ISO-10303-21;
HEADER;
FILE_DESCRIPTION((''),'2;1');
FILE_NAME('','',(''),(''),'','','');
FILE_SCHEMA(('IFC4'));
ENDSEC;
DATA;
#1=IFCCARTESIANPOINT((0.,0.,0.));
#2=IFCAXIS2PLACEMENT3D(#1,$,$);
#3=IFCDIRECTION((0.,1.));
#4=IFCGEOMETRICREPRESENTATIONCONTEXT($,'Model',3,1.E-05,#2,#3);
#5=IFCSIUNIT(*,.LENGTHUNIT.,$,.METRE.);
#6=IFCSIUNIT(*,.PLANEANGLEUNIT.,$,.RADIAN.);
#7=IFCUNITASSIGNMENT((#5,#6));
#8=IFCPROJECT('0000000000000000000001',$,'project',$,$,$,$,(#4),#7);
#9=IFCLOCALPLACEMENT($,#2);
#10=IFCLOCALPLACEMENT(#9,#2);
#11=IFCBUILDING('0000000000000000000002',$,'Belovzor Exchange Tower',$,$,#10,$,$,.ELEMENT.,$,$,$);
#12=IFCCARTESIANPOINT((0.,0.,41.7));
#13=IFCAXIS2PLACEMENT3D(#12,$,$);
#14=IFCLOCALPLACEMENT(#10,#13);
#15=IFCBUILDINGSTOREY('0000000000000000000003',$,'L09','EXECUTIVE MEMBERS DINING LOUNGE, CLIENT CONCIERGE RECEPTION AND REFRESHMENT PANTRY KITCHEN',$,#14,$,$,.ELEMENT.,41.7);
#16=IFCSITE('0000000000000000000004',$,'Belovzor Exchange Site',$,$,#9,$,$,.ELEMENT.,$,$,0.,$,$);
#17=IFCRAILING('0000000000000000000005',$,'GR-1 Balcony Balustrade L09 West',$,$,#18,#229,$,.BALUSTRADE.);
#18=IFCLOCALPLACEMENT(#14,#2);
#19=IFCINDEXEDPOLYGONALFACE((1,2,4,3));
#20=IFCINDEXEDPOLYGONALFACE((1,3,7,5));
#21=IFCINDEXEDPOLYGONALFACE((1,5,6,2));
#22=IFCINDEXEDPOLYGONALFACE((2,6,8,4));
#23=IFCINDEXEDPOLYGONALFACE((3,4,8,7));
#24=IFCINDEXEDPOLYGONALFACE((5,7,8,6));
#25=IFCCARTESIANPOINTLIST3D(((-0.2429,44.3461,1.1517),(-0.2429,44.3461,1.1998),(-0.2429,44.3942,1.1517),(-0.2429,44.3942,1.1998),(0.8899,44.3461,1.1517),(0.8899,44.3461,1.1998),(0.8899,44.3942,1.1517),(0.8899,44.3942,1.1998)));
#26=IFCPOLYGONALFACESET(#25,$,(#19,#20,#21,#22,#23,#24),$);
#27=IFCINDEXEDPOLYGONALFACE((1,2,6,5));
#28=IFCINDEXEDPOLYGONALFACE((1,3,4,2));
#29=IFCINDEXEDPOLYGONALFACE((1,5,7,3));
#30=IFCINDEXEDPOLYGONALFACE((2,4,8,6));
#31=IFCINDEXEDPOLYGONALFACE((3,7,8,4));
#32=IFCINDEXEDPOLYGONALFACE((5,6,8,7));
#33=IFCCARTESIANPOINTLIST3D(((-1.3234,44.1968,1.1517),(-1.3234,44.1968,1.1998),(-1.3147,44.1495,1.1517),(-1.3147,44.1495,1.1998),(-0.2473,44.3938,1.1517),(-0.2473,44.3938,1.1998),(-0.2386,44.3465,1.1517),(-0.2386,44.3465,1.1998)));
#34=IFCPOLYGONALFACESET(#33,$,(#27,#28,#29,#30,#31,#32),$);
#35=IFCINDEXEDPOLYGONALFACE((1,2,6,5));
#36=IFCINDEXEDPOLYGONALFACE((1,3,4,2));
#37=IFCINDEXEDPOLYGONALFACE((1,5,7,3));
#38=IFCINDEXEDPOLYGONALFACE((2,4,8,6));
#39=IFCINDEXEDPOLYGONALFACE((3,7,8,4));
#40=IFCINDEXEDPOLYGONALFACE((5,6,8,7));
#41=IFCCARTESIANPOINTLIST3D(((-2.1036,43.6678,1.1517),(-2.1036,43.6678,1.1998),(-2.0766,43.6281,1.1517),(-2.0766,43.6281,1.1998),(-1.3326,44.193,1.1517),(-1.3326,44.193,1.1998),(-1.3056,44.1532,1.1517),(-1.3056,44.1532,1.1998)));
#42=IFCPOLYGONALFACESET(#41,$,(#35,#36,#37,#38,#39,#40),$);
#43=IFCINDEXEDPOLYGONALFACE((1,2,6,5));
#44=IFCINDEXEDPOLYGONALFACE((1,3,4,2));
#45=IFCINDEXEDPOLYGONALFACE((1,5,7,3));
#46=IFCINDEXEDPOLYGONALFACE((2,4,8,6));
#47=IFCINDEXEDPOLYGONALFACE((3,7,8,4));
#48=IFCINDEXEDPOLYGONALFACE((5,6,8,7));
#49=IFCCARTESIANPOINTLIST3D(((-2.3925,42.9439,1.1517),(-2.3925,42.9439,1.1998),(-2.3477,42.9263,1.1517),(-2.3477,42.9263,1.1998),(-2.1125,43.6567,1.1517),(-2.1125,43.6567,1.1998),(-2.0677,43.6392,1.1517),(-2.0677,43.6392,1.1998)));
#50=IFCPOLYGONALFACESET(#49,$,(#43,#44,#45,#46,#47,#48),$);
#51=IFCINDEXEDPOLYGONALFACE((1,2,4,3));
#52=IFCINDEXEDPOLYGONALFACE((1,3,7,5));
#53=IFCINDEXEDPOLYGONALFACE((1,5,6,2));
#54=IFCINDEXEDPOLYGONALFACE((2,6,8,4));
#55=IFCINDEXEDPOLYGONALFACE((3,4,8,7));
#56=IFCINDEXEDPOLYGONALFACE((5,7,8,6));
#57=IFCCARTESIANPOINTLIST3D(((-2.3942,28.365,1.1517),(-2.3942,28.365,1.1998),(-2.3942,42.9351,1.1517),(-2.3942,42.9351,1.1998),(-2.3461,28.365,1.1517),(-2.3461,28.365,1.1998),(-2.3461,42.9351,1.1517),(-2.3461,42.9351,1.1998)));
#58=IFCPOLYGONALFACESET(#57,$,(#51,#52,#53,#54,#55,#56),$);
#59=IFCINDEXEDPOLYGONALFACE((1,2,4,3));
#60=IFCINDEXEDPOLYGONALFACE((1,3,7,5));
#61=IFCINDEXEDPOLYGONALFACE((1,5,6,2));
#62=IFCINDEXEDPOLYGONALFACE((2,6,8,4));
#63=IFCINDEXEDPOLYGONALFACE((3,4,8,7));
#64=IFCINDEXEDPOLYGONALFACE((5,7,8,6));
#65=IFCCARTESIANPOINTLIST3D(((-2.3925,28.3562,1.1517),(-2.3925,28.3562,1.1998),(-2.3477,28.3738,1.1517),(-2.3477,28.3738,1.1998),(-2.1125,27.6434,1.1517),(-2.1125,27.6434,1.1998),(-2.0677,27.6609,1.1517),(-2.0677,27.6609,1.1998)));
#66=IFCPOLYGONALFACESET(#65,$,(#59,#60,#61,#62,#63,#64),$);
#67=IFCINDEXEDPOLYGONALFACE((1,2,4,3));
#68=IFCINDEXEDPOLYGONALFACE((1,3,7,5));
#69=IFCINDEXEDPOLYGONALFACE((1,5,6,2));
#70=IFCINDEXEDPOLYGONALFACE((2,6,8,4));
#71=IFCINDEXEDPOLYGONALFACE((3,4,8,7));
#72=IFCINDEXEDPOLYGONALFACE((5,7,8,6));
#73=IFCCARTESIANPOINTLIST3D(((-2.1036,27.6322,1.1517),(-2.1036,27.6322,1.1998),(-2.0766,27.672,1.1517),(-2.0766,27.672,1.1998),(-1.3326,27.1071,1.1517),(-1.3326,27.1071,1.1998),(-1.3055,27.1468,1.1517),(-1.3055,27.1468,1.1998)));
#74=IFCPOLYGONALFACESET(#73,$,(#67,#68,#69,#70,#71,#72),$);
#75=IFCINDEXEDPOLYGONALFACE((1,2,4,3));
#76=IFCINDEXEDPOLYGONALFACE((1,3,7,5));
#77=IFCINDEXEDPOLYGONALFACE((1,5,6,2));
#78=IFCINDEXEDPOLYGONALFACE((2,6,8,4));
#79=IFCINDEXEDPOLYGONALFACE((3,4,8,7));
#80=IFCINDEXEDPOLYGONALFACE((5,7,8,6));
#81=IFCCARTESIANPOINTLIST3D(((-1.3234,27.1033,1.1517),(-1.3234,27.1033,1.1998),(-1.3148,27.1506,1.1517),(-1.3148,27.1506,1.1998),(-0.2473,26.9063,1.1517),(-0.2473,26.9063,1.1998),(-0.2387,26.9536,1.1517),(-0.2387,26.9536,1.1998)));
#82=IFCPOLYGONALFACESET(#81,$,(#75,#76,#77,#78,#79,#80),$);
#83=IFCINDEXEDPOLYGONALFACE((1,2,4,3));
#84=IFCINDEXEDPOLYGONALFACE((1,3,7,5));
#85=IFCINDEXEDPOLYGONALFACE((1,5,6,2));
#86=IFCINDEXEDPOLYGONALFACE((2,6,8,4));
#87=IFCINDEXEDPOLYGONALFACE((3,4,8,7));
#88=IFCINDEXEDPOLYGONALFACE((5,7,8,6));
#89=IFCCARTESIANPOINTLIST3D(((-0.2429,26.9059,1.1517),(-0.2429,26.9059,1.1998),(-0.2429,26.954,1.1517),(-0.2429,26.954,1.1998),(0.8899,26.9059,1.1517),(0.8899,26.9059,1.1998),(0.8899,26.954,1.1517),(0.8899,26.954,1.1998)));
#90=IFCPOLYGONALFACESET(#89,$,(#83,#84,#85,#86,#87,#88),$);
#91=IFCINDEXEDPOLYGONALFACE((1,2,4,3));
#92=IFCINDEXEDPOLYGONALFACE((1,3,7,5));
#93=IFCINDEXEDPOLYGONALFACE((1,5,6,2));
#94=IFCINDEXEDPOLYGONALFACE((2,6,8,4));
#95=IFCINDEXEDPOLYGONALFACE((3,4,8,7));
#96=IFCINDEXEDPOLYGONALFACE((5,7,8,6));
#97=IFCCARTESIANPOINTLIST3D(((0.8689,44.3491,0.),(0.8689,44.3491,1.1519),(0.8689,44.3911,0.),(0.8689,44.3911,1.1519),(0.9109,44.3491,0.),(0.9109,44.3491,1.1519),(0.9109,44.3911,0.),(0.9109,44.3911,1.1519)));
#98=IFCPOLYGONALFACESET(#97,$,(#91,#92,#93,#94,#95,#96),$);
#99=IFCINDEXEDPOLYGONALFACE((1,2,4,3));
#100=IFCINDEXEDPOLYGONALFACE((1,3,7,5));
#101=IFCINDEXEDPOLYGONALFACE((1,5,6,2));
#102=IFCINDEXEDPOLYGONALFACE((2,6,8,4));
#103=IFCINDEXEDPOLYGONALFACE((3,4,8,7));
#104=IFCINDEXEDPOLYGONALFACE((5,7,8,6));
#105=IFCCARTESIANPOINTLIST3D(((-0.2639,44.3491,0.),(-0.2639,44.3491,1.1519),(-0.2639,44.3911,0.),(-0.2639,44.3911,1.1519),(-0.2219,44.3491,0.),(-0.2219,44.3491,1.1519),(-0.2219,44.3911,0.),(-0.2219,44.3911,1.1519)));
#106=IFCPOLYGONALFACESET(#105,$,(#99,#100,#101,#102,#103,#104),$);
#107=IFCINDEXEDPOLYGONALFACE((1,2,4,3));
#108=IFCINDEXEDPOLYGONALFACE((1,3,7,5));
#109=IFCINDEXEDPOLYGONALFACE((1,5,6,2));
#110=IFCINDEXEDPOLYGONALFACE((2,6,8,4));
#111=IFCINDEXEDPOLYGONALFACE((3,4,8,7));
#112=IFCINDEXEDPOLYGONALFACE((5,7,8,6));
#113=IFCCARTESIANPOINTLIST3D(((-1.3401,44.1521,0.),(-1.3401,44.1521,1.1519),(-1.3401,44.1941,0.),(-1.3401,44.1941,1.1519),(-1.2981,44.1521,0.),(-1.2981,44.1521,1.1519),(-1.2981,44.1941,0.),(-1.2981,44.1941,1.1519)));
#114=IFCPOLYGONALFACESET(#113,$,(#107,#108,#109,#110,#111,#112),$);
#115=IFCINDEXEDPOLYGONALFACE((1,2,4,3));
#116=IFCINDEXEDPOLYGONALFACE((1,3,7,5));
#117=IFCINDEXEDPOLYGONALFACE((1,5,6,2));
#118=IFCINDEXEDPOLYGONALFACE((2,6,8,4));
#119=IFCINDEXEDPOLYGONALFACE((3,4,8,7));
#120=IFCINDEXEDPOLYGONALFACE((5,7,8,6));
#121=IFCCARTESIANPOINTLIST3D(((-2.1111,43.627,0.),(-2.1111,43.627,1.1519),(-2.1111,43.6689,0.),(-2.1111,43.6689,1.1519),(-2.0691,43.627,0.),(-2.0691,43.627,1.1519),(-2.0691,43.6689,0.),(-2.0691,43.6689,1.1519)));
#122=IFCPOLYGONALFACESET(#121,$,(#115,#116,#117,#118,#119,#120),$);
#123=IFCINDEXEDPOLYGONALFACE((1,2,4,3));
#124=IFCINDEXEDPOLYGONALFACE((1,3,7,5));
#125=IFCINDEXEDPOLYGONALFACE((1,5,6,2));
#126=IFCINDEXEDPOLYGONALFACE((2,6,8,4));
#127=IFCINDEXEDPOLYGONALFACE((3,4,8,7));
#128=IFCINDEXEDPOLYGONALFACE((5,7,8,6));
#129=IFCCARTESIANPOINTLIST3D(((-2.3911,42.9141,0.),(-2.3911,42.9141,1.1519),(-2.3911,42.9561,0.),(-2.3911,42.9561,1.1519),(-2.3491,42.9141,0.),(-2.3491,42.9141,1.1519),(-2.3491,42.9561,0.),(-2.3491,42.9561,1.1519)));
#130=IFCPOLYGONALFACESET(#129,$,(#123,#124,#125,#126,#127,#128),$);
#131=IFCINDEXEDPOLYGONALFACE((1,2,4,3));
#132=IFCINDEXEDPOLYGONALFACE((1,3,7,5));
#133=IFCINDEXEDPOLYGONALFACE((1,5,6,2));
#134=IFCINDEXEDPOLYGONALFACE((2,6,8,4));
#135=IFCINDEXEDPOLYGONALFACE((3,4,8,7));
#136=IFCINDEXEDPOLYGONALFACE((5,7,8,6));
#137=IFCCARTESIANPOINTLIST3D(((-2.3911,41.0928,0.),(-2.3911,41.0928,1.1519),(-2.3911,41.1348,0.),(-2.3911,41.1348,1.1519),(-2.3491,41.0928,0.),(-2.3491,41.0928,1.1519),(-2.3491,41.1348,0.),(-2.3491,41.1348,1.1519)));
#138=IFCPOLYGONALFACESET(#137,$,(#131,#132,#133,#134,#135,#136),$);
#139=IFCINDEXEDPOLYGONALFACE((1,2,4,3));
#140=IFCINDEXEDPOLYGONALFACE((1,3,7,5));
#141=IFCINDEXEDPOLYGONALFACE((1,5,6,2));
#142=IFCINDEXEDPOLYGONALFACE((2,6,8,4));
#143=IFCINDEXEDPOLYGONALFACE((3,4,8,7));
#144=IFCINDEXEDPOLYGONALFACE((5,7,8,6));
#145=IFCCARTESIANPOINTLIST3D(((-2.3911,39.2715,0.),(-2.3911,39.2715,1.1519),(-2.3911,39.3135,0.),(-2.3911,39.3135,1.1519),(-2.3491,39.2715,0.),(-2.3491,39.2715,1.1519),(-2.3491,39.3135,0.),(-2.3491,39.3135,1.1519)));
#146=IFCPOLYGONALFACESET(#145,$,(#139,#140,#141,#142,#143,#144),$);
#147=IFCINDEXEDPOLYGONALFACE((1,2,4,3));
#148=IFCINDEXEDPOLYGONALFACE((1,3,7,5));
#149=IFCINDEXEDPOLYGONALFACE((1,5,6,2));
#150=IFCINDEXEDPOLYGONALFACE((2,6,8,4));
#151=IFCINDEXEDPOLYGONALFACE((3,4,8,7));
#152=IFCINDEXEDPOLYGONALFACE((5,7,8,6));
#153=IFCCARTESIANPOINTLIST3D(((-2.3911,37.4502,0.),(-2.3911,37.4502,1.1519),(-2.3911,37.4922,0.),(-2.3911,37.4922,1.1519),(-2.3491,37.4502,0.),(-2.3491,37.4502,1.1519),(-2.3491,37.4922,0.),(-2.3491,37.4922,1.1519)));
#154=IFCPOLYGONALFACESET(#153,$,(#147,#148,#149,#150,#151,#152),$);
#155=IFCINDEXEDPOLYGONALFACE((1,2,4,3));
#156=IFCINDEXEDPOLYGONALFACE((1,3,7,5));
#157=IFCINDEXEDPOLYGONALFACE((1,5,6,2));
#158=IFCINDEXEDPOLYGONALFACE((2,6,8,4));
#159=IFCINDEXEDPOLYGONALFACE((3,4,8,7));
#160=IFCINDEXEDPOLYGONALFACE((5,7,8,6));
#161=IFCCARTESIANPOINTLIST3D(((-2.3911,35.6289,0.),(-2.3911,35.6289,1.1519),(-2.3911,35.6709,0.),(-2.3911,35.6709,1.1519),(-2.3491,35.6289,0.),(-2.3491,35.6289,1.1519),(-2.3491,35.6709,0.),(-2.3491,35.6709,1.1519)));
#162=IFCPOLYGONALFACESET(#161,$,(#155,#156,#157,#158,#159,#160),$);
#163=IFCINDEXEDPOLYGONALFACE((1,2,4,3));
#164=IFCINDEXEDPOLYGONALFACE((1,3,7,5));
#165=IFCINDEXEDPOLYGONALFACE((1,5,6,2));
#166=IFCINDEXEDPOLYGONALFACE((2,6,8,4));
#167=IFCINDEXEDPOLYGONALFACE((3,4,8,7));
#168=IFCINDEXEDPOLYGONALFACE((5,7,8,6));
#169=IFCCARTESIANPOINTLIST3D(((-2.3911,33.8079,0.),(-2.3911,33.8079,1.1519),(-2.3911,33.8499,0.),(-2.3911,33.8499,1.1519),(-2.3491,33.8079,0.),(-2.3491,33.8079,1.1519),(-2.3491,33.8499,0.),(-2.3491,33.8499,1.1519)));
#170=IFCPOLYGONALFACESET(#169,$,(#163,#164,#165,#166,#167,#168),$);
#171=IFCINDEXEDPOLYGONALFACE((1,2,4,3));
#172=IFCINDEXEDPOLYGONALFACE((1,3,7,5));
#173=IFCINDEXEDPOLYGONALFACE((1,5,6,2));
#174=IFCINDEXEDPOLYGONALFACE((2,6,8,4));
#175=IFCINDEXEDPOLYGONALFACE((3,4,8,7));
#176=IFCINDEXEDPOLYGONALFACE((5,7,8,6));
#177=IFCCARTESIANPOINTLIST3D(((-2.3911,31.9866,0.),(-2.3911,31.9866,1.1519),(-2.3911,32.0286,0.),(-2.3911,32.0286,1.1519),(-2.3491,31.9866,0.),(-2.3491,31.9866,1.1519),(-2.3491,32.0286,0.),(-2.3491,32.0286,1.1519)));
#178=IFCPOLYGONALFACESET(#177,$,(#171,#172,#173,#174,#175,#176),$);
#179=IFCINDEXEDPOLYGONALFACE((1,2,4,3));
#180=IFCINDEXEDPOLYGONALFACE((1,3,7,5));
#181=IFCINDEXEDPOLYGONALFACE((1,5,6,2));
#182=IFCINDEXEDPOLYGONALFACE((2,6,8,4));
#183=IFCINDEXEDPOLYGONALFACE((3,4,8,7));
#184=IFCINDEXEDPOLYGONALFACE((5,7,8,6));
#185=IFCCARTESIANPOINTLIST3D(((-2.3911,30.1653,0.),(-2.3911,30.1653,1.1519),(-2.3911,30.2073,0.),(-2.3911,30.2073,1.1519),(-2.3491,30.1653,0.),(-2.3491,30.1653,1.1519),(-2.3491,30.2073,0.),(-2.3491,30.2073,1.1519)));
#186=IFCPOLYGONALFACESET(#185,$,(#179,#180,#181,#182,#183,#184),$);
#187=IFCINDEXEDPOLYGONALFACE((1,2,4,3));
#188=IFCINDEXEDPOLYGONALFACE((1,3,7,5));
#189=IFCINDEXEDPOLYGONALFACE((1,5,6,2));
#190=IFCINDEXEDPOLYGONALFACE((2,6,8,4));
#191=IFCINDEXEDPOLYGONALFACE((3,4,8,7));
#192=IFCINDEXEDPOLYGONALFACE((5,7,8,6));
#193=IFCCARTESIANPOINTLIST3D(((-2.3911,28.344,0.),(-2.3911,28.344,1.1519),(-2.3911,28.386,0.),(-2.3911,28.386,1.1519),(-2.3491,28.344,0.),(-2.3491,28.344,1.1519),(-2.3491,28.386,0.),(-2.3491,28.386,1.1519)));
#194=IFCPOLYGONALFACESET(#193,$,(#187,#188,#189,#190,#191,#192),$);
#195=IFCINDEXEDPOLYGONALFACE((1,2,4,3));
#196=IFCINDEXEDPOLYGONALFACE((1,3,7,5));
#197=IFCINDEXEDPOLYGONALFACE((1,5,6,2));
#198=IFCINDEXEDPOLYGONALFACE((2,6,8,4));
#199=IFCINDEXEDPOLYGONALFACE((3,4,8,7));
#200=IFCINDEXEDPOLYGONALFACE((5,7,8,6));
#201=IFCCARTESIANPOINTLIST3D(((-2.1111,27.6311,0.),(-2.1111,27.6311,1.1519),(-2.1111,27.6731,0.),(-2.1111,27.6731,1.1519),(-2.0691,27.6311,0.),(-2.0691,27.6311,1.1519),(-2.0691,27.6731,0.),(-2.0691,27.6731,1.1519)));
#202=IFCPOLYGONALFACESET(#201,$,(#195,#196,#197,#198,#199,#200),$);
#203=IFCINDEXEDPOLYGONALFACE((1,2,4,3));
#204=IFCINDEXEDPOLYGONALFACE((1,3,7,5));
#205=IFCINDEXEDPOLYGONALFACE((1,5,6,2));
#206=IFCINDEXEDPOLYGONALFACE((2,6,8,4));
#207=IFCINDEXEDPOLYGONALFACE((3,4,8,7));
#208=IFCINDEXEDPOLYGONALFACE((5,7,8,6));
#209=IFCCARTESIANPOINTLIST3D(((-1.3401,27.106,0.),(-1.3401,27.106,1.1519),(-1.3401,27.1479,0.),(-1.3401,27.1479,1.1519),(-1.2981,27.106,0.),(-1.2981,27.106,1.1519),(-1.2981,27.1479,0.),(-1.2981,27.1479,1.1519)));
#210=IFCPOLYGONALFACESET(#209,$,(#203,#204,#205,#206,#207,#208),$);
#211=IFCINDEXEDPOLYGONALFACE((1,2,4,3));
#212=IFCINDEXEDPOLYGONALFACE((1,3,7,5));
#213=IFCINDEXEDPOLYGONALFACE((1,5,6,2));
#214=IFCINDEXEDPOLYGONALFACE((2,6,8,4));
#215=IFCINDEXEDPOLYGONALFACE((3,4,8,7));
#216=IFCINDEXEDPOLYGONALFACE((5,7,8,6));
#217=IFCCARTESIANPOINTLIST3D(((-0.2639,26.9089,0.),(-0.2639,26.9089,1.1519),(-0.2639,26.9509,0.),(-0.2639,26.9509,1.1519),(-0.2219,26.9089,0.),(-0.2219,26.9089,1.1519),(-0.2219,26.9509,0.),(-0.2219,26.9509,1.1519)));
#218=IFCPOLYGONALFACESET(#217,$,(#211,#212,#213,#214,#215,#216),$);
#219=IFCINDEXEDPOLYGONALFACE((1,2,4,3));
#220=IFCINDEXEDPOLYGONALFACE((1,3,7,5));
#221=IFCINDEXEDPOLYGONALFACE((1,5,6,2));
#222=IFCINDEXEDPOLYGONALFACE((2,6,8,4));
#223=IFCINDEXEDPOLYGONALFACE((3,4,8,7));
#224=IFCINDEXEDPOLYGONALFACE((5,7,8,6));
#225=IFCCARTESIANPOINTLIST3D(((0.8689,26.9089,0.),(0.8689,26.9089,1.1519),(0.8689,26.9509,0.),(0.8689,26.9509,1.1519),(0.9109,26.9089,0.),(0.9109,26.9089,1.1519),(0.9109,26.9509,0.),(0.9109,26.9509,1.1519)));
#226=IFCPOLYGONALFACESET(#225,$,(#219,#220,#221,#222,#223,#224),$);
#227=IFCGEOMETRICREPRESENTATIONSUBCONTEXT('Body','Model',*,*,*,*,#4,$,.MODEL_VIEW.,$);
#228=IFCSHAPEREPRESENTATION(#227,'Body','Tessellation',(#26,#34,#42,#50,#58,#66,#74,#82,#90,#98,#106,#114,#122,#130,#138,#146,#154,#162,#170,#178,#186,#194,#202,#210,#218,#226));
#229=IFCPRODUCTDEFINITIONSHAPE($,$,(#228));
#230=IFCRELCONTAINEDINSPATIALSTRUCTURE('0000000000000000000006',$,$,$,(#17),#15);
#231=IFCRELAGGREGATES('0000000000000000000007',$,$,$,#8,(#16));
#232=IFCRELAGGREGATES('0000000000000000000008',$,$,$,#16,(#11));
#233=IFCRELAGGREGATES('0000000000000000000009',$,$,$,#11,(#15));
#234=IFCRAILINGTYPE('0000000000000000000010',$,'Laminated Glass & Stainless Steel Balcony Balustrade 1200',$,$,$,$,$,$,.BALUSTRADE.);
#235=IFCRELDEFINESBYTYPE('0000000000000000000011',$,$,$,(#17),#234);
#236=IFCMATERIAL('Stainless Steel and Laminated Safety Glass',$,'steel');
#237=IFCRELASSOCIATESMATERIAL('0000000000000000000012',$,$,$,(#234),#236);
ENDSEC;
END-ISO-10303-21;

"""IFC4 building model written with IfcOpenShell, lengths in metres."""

from ifc_helpers import new_model, si_unit, direction, frame, origin, origin_2d, place, context, subcontext, project, spatial, rectangle, extrude, material, type_object, element, save


model = new_model("IFC4")

# Units and contexts
model_context = context("Model", 3, precision=1e-05, world=origin(), true_north=direction((0.0, 1.0)))
body_context = subcontext(model_context, "Body", "Model", "MODEL_VIEW")
ifc_project = project(units=[si_unit("LENGTHUNIT", "METRE"), si_unit("PLANEANGLEUNIT", "RADIAN")], contexts=[model_context])

# Site, building, storey
site_placement = place(None, origin())
site = spatial("IfcSite", under=ifc_project, at=site_placement, Name="Belovzor Exchange Site", CompositionType="ELEMENT", RefElevation=0.0)
building_placement = place(site_placement, origin())
building = spatial("IfcBuilding", under=site, at=building_placement, Name="Belovzor Exchange Tower", CompositionType="ELEMENT")
storey_placement = place(building_placement, frame((0.0, 0.0, 41.7)))
storey = spatial("IfcBuildingStorey", under=building, at=storey_placement, Name="L09", Description="EXECUTIVE MEMBERS DINING LOUNGE, CLIENT CONCIERGE RECEPTION AND REFRESHMENT PANTRY KITCHEN", CompositionType="ELEMENT", Elevation=41.7)

# Railing
ifc_material_1 = material(Name="Stainless Steel and Laminated Safety Glass", Category="steel")
railing_type = type_object("IfcRailingType", Name="Laminated Glass & Stainless Steel Balcony Balustrade 1200", PredefinedType="BALUSTRADE", material=ifc_material_1)
railing_placement = place(storey_placement, frame((0.8899, 44.3701, 0.0)))
element("IfcRailing", 1, at=railing_placement, inside=storey, type_object=railing_type, Name="GR-1 Balcony Balustrade L09 West", PredefinedType="BALUSTRADE", context=body_context, shape_type="SweptSolid", body=[
    extrude(rectangle(XDim=0.0481, YDim=0.0481, at=origin_2d()), frame((0.0, 0.0, 1.1758), z_axis=(-1.0, 0.0, 0.0), x_axis=(0.0, -1.0, 0.0)), (0.0, 0.0, 1.0), 1.1328),
    extrude(rectangle(XDim=0.0481, YDim=0.0481, at=origin_2d()), frame((-1.1328, 0.0, 1.1758), z_axis=(-0.983651, -0.180083, 0.0), x_axis=(0.180083, -0.983651, 0.0)), (0.0, 0.0, 1.0), 1.094),
    extrude(rectangle(XDim=0.0481, YDim=0.0481, at=origin_2d()), frame((-2.209, -0.197, 1.1758), z_axis=(-0.826493, -0.562947, 0.0), x_axis=(0.562947, -0.826493, 0.0)), (0.0, 0.0, 1.0), 0.9329),
    extrude(rectangle(XDim=0.0481, YDim=0.0481, at=origin_2d()), frame((-2.98, -0.7222, 1.1758), z_axis=(-0.365613, -0.930767, 0.0), x_axis=(0.930767, -0.365613, 0.0)), (0.0, 0.0, 1.0), 0.7659),
    extrude(rectangle(XDim=0.0481, YDim=0.0481, at=origin_2d()), frame((-3.26, -1.4351, 1.1758), z_axis=(0.0, -1.0, 0.0), x_axis=(1.0, 0.0, 0.0)), (0.0, 0.0, 1.0), 14.5701),
    extrude(rectangle(XDim=0.0481, YDim=0.0481, at=origin_2d()), frame((-3.26, -16.0051, 1.1758), z_axis=(0.365613, -0.930767, 0.0), x_axis=(0.930767, 0.365613, 0.0)), (0.0, 0.0, 1.0), 0.7659),
    extrude(rectangle(XDim=0.0481, YDim=0.0481, at=origin_2d()), frame((-2.98, -16.718, 1.1758), z_axis=(0.826493, -0.562947, 0.0), x_axis=(0.562947, 0.826493, 0.0)), (0.0, 0.0, 1.0), 0.9329),
    extrude(rectangle(XDim=0.0481, YDim=0.0481, at=origin_2d()), frame((-2.209, -17.2432, 1.1758), z_axis=(0.983651, -0.180083, 0.0), x_axis=(0.180083, 0.983651, 0.0)), (0.0, 0.0, 1.0), 1.094),
    extrude(rectangle(XDim=0.0481, YDim=0.0481, at=origin_2d()), frame((-1.1328, -17.4402, 1.1758), z_axis=(1.0, 0.0, 0.0), x_axis=(0.0, 1.0, 0.0)), (0.0, 0.0, 1.0), 1.1328),
    extrude(rectangle(XDim=0.042, YDim=0.042, at=origin_2d()), origin(), (0.0, 0.0, 1.0), 1.1519),
    extrude(rectangle(XDim=0.042, YDim=0.042, at=origin_2d()), frame((-1.1328, 0.0, 0.0)), (0.0, 0.0, 1.0), 1.1519),
    extrude(rectangle(XDim=0.042, YDim=0.042, at=origin_2d()), frame((-2.209, -0.197, 0.0)), (0.0, 0.0, 1.0), 1.1519),
    extrude(rectangle(XDim=0.042, YDim=0.042, at=origin_2d()), frame((-2.98, -0.7222, 0.0)), (0.0, 0.0, 1.0), 1.1519),
    extrude(rectangle(XDim=0.042, YDim=0.042, at=origin_2d()), frame((-3.26, -1.4351, 0.0)), (0.0, 0.0, 1.0), 1.1519),
    extrude(rectangle(XDim=0.042, YDim=0.042, at=origin_2d()), frame((-3.26, -3.2563, 0.0)), (0.0, 0.0, 1.0), 1.1519),
    extrude(rectangle(XDim=0.042, YDim=0.042, at=origin_2d()), frame((-3.26, -5.0776, 0.0)), (0.0, 0.0, 1.0), 1.1519),
    extrude(rectangle(XDim=0.042, YDim=0.042, at=origin_2d()), frame((-3.26, -6.8989, 0.0)), (0.0, 0.0, 1.0), 1.1519),
    extrude(rectangle(XDim=0.042, YDim=0.042, at=origin_2d()), frame((-3.26, -8.7202, 0.0)), (0.0, 0.0, 1.0), 1.1519),
    extrude(rectangle(XDim=0.042, YDim=0.042, at=origin_2d()), frame((-3.26, -10.5413, 0.0)), (0.0, 0.0, 1.0), 1.1519),
    extrude(rectangle(XDim=0.042, YDim=0.042, at=origin_2d()), frame((-3.26, -12.3625, 0.0)), (0.0, 0.0, 1.0), 1.1519),
    extrude(rectangle(XDim=0.042, YDim=0.042, at=origin_2d()), frame((-3.26, -14.1838, 0.0)), (0.0, 0.0, 1.0), 1.1519),
    extrude(rectangle(XDim=0.042, YDim=0.042, at=origin_2d()), frame((-3.26, -16.0051, 0.0)), (0.0, 0.0, 1.0), 1.1519),
    extrude(rectangle(XDim=0.042, YDim=0.042, at=origin_2d()), frame((-2.98, -16.718, 0.0)), (0.0, 0.0, 1.0), 1.1519),
    extrude(rectangle(XDim=0.042, YDim=0.042, at=origin_2d()), frame((-2.209, -17.2432, 0.0)), (0.0, 0.0, 1.0), 1.1519),
    extrude(rectangle(XDim=0.042, YDim=0.042, at=origin_2d()), frame((-1.1328, -17.4402, 0.0)), (0.0, 0.0, 1.0), 1.1519),
    extrude(rectangle(XDim=0.042, YDim=0.042, at=origin_2d()), frame((0.0, -17.4402, 0.0)), (0.0, 0.0, 1.0), 1.1519),
])

save(model, "model.ifc")
